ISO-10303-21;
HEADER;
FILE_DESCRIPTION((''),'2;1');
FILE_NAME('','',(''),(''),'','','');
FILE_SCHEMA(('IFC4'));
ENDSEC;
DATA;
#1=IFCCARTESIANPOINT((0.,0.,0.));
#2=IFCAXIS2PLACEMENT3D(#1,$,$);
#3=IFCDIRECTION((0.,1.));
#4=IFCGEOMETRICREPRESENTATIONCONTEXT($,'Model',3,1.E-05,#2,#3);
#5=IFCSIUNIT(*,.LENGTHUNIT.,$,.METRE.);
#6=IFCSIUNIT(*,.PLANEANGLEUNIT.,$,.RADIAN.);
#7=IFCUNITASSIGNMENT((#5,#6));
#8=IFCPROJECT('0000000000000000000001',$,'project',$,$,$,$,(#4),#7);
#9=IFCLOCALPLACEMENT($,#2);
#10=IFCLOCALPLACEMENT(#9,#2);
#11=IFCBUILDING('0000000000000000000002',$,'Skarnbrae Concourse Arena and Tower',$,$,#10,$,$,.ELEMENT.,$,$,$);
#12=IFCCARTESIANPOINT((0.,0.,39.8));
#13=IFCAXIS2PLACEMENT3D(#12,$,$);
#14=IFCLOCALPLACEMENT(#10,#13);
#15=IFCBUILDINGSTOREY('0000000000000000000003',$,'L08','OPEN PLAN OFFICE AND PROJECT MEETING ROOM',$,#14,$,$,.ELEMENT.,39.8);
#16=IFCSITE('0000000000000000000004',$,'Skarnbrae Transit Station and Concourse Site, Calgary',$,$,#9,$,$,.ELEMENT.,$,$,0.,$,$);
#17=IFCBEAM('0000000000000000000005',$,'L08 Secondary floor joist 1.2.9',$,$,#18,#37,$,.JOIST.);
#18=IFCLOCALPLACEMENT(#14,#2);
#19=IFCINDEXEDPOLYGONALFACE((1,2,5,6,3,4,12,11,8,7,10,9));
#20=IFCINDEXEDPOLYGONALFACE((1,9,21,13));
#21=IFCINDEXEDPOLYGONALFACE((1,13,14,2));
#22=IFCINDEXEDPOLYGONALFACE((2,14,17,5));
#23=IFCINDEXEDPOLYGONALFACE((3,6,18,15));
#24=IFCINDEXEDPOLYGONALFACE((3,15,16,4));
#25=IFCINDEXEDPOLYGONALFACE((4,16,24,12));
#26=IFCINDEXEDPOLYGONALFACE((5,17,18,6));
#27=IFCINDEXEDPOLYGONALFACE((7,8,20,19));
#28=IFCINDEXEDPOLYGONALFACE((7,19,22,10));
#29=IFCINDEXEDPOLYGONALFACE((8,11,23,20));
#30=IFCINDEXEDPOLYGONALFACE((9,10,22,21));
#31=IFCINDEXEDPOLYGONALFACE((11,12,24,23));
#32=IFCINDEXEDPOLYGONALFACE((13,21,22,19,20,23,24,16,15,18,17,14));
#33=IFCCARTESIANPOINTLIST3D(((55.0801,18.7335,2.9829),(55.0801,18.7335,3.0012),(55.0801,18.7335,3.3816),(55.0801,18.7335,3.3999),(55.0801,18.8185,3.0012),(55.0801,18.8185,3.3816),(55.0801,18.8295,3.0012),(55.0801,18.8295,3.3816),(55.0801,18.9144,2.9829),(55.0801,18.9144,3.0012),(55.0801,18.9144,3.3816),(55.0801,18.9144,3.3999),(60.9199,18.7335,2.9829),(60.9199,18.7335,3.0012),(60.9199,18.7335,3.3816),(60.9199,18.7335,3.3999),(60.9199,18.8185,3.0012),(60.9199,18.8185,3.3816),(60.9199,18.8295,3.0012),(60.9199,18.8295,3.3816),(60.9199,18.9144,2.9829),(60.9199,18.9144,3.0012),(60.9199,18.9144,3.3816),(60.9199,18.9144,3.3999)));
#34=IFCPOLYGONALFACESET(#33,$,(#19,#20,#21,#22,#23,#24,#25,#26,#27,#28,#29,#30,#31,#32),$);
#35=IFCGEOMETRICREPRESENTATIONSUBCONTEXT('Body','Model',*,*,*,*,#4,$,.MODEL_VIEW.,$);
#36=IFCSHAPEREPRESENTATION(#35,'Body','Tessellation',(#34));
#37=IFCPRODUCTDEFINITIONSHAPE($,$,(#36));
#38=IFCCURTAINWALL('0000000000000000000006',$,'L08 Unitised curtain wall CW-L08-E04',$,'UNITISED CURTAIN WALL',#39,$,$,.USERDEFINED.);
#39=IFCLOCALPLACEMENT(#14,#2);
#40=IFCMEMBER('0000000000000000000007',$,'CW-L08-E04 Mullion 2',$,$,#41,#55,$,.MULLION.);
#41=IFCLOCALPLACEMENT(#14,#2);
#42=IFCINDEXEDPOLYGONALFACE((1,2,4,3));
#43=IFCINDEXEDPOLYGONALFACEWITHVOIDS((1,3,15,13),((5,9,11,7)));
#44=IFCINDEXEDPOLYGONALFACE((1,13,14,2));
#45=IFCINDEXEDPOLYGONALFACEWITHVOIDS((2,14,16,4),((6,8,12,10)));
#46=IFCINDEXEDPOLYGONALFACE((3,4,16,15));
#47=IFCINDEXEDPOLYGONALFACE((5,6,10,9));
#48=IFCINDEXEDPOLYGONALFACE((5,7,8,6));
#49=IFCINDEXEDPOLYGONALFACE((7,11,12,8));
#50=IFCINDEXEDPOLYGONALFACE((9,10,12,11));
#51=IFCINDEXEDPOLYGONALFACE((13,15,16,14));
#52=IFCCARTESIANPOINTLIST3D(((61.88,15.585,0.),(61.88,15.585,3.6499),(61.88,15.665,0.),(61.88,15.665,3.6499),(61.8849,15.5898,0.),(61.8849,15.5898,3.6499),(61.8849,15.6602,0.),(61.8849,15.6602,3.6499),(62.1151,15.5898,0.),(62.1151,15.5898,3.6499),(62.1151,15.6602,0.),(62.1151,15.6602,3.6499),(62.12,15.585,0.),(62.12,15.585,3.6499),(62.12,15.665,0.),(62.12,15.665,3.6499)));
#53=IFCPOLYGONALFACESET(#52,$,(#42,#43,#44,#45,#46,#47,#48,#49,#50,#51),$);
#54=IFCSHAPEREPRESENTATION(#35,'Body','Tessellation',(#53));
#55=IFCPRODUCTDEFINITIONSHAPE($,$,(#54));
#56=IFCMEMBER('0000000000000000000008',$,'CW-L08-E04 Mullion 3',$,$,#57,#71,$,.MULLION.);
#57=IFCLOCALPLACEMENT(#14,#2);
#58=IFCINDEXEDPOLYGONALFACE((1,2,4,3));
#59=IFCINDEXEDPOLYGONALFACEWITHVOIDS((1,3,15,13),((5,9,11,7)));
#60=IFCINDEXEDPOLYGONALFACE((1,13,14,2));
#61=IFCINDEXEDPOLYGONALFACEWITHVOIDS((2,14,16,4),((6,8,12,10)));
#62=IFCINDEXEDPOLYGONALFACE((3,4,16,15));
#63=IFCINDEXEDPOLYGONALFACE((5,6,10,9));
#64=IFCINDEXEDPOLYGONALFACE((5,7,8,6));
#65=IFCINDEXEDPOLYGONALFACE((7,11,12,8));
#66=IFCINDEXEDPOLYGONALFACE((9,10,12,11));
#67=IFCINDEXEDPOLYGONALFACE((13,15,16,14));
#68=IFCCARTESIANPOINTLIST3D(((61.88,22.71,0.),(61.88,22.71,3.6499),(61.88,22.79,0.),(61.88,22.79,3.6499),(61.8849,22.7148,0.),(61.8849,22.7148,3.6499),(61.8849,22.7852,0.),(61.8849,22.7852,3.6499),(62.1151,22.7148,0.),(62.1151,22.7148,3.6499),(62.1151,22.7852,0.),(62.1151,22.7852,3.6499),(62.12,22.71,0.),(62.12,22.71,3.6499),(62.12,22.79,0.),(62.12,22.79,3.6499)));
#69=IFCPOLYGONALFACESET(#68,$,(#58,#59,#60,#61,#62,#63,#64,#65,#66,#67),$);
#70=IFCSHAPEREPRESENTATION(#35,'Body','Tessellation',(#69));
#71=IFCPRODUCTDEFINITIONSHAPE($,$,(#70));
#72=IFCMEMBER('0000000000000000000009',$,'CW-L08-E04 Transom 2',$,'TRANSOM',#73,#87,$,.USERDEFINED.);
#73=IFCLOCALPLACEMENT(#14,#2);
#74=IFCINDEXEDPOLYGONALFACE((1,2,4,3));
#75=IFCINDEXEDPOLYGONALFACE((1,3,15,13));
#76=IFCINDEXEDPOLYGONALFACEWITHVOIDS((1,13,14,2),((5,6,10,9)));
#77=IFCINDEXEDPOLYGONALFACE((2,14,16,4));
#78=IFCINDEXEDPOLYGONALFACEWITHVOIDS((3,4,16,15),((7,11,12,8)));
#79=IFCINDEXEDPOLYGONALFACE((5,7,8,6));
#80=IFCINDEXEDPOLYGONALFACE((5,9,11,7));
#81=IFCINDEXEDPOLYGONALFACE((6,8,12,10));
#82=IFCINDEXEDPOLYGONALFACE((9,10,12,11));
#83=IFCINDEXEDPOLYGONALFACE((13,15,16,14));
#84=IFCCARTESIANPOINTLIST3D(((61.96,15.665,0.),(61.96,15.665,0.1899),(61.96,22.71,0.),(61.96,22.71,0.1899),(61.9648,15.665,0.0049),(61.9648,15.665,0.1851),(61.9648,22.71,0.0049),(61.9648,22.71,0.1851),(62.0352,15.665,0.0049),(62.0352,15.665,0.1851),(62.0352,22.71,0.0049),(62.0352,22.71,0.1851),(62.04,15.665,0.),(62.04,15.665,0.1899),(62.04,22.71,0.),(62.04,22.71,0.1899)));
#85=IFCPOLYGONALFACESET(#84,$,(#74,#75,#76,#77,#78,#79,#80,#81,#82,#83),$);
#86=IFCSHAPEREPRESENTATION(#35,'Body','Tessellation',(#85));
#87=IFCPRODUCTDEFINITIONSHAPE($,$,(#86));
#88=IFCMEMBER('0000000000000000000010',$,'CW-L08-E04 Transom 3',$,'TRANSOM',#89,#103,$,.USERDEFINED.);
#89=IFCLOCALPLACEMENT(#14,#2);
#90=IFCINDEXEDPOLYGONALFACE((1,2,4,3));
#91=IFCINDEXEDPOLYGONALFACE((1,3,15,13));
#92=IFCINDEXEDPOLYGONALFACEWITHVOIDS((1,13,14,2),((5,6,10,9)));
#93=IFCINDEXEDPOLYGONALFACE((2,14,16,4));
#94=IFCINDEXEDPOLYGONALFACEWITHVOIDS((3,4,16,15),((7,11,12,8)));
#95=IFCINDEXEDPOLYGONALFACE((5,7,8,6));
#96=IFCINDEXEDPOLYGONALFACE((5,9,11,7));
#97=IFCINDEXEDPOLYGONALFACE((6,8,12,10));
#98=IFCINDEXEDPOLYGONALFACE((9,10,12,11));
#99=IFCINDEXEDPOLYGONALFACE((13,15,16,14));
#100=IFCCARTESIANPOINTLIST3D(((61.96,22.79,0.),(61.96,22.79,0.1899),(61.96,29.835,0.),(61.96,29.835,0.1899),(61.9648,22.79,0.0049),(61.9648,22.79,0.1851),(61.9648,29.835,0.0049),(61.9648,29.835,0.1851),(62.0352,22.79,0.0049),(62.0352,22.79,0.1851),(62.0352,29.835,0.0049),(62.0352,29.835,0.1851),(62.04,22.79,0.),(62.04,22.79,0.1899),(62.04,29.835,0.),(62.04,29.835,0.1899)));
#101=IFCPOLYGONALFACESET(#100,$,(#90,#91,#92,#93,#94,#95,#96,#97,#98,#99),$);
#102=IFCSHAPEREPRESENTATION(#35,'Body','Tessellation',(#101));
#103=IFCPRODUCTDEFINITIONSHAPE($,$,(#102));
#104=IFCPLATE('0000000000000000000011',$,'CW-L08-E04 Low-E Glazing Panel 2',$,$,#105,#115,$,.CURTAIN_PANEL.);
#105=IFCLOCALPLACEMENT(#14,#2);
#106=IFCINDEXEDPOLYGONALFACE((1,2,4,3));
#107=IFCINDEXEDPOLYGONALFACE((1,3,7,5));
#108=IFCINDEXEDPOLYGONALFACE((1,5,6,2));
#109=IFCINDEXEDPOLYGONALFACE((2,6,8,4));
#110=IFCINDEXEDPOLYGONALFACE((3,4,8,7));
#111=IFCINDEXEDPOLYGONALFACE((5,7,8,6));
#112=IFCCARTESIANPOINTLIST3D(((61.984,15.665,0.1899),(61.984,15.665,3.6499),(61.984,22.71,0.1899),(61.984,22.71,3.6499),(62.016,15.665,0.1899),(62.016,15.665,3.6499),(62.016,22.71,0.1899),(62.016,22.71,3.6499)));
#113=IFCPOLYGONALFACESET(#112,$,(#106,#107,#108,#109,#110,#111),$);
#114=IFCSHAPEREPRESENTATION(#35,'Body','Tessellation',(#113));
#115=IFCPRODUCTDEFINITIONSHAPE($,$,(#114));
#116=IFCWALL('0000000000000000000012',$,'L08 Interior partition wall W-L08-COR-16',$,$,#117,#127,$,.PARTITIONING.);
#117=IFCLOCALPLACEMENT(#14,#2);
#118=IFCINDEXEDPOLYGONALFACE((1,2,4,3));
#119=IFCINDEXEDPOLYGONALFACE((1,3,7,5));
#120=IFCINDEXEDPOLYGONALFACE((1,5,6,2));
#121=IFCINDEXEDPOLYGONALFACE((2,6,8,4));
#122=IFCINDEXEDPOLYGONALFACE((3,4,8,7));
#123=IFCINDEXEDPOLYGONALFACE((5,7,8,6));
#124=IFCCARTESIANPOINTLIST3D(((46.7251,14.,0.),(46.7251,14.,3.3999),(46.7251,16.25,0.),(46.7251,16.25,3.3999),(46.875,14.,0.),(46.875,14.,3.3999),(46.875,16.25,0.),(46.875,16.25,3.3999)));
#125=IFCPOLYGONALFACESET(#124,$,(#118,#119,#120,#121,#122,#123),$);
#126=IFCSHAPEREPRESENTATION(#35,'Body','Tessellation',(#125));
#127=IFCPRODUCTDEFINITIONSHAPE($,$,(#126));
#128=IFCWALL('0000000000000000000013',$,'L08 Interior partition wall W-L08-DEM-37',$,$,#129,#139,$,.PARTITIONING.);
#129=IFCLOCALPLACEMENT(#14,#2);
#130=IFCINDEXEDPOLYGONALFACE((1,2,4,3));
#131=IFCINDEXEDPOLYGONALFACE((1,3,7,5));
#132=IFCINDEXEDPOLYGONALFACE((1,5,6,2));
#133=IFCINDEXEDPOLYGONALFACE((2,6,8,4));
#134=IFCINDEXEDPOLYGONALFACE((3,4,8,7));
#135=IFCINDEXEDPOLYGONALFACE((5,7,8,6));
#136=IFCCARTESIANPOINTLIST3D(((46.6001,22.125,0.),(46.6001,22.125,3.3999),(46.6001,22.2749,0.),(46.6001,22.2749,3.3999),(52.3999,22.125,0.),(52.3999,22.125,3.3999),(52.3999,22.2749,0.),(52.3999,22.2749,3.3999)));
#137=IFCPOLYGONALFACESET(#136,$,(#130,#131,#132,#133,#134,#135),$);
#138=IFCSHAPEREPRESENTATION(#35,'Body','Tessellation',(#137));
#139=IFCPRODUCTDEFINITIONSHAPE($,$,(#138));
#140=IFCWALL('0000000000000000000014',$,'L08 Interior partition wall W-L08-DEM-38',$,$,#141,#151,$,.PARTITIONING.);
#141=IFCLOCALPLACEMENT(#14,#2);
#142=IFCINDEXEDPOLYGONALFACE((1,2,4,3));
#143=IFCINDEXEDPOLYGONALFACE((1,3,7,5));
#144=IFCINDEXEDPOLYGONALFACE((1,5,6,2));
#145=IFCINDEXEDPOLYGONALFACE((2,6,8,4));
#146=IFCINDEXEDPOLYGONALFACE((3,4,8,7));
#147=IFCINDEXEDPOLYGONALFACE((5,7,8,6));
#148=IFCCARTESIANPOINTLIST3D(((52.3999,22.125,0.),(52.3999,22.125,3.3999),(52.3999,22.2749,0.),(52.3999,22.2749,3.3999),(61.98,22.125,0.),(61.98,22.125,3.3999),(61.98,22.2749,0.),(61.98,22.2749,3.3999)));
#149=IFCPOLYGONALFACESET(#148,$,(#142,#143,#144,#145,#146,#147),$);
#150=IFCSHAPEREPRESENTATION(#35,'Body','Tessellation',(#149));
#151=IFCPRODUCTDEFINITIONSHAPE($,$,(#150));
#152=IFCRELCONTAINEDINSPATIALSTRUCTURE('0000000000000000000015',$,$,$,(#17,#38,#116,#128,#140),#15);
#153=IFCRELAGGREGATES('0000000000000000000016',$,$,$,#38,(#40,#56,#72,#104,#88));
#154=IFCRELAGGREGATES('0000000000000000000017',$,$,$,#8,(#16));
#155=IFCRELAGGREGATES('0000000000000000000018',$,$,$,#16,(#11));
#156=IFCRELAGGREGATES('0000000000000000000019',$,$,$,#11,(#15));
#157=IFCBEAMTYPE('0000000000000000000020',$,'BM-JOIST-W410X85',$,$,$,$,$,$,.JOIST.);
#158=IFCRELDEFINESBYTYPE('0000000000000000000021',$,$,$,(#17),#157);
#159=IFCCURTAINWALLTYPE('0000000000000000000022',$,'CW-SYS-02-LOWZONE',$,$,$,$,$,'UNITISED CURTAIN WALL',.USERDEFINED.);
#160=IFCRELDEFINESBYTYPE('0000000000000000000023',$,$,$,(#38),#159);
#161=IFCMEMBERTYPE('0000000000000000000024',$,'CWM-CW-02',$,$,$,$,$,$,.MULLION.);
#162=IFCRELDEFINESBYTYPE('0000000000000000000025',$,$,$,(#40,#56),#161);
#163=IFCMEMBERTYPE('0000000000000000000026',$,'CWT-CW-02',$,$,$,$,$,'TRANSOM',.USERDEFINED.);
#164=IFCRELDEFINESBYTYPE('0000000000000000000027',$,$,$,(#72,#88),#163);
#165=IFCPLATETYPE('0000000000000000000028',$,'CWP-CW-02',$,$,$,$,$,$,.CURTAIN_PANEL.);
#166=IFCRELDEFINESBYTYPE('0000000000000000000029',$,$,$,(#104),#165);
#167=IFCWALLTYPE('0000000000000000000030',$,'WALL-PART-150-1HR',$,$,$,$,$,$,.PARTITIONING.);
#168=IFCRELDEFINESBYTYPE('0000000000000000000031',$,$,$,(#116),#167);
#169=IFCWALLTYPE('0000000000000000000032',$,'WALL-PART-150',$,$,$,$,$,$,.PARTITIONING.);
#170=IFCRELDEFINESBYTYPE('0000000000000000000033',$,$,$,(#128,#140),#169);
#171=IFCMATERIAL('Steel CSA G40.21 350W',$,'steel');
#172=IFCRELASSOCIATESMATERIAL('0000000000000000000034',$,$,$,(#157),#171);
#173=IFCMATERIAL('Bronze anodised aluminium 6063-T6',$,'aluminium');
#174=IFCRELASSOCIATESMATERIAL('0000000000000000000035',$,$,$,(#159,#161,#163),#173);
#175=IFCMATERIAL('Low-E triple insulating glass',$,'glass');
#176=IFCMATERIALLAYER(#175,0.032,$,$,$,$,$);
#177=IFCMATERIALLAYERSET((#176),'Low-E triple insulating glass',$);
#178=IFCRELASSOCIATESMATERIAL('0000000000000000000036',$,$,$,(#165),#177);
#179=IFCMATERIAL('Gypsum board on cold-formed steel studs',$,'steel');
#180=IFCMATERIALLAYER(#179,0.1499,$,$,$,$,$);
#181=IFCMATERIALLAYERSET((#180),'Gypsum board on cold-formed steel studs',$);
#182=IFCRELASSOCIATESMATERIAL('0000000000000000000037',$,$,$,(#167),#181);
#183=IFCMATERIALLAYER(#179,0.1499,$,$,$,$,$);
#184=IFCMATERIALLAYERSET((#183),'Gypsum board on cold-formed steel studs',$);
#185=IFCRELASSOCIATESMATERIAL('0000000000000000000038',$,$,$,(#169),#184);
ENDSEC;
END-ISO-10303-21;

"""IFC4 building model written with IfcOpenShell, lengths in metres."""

from ifc_helpers import new_model, si_unit, direction, frame, frame_2d, origin, origin_2d, place, context, subcontext, project, spatial, rectangle, hollow_rectangle, i_section, extrude, source, transform, mapped, material, layer, layer_set, material_profile, profile_set, type_object, element, aggregate, save


model = new_model("IFC4")

# Units and contexts
model_context = context("Model", 3, precision=1e-05, world=origin(), true_north=direction((0.0, 1.0)))
body_context = subcontext(model_context, "Body", "Model", "MODEL_VIEW")
ifc_project = project(units=[si_unit("LENGTHUNIT", "METRE"), si_unit("PLANEANGLEUNIT", "RADIAN")], contexts=[model_context])

# Site, building, storey
site_placement = place(None, origin())
site = spatial("IfcSite", under=ifc_project, at=site_placement, Name="Skarnbrae Transit Station and Concourse Site, Calgary", CompositionType="ELEMENT", RefElevation=0.0)
building_placement = place(site_placement, origin())
building = spatial("IfcBuilding", under=site, at=building_placement, Name="Skarnbrae Concourse Arena and Tower", CompositionType="ELEMENT")
storey_placement = place(building_placement, frame((0.0, 0.0, 39.8)))
storey = spatial("IfcBuildingStorey", under=building, at=storey_placement, Name="L08", Description="OPEN PLAN OFFICE AND PROJECT MEETING ROOM", CompositionType="ELEMENT", Elevation=39.8)

# Shared definitions
ifc_material_1 = material(Name="Steel CSA G40.21 350W", Category="steel")

# Beam
ifc_material_profile_1 = material_profile(ifc_material_1, i_section(OverallWidth=0.1809, OverallDepth=0.417, WebThickness=0.011, FlangeThickness=0.0183, at=origin_2d()), Name="W410X85")
ifc_profile_set_1 = profile_set([ifc_material_profile_1], Name="Steel CSA G40.21 350W")
beam_type_1 = type_object("IfcBeamType", Name="BM-JOIST-W410X85", PredefinedType="JOIST", material=ifc_profile_set_1)
shared_shape_1 = source(origin(), body_context, "Body", "SweptSolid", [
    extrude(i_section(OverallWidth=0.1809, OverallDepth=0.417, WebThickness=0.011, FlangeThickness=0.0183, at=origin_2d()), origin(), (0.0, 0.0, 1.0), 5.8398),
])
for number, where, z_axis, x_axis, name in (
    (1, (55.0801, 18.824, 3.1914), (1.0, 0.0, 0.0), (0.0, 1.0, 0.0), "L08 Secondary floor joist 1.2.9"),
):
    element("IfcBeam", number, at=place(storey_placement, frame(where, z_axis=z_axis, x_axis=x_axis)), inside=storey, type_object=beam_type_1, Name=name, PredefinedType="JOIST", context=body_context, shape_type="MappedRepresentation", body=[
        mapped(shared_shape_1, transform((0.0, 0.0, 0.0))),
    ])

# Curtain wall, members, plate
ifc_material_2 = material(Name="Bronze anodised aluminium 6063-T6", Category="aluminium")
curtain_wall_type = type_object("IfcCurtainWallType", Name="CW-SYS-02-LOWZONE", ElementType="UNITISED CURTAIN WALL", PredefinedType="USERDEFINED", material=ifc_material_2)
curtain_wall_placement = place(storey_placement, origin())
curtain_wall = element("IfcCurtainWall", 2, at=curtain_wall_placement, inside=storey, type_object=curtain_wall_type, Name="L08 Unitised curtain wall CW-L08-E04", ObjectType="UNITISED CURTAIN WALL", PredefinedType="USERDEFINED")
ifc_material_profile_2 = material_profile(ifc_material_2, hollow_rectangle(XDim=0.0801, YDim=0.24, WallThickness=0.0049, at=origin_2d()), Name="ALU-MULL-80X240")
ifc_profile_set_2 = profile_set([ifc_material_profile_2], Name="Bronze anodised aluminium 6063-T6")
member_type_1 = type_object("IfcMemberType", Name="CWM-CW-02", PredefinedType="MULLION", material=ifc_profile_set_2)
shared_shape_2 = source(origin(), body_context, "Body", "SweptSolid", [
    extrude(hollow_rectangle(XDim=0.0801, YDim=0.24, WallThickness=0.0049, at=origin_2d()), origin(), (0.0, 0.0, 1.0), 3.6499),
])
member_1_placement = place(storey_placement, frame((62.0, 15.625, 0.0), z_axis=(0.0, 0.0, 1.0), x_axis=(0.0, 1.0, 0.0)))
member_1 = element("IfcMember", 3, at=member_1_placement, type_object=member_type_1, Name="CW-L08-E04 Mullion 2", PredefinedType="MULLION", context=body_context, shape_type="MappedRepresentation", body=[
    mapped(shared_shape_2, transform((0.0, 0.0, 0.0))),
])
member_2_placement = place(storey_placement, frame((62.0, 22.75, 0.0), z_axis=(0.0, 0.0, 1.0), x_axis=(0.0, 1.0, 0.0)))
member_2 = element("IfcMember", 4, at=member_2_placement, type_object=member_type_1, Name="CW-L08-E04 Mullion 3", PredefinedType="MULLION", context=body_context, shape_type="MappedRepresentation", body=[
    mapped(shared_shape_2, transform((0.0, 0.0, 0.0))),
])
ifc_material_profile_3 = material_profile(ifc_material_2, hollow_rectangle(XDim=0.0801, YDim=0.1899, WallThickness=0.0049, at=origin_2d()), Name="ALU-TRAN-80X190")
ifc_profile_set_3 = profile_set([ifc_material_profile_3], Name="Bronze anodised aluminium 6063-T6")
member_type_2 = type_object("IfcMemberType", Name="CWT-CW-02", ElementType="TRANSOM", PredefinedType="USERDEFINED", material=ifc_profile_set_3)
shared_shape_3 = source(origin(), body_context, "Body", "SweptSolid", [
    extrude(hollow_rectangle(XDim=0.0801, YDim=0.1899, WallThickness=0.0049, at=origin_2d()), origin(), (0.0, 0.0, 1.0), 7.0449),
])
member_3_placement = place(storey_placement, frame((62.0, 15.665, 0.095), z_axis=(0.0, 1.0, 0.0), x_axis=(-1.0, 0.0, 0.0)))
member_3 = element("IfcMember", 5, at=member_3_placement, type_object=member_type_2, Name="CW-L08-E04 Transom 2", ObjectType="TRANSOM", PredefinedType="USERDEFINED", context=body_context, shape_type="MappedRepresentation", body=[
    mapped(shared_shape_3, transform((0.0, 0.0, 0.0))),
])
member_4_placement = place(storey_placement, frame((62.0, 22.79, 0.095), z_axis=(0.0, 1.0, 0.0), x_axis=(-1.0, 0.0, 0.0)))
member_4 = element("IfcMember", 6, at=member_4_placement, type_object=member_type_2, Name="CW-L08-E04 Transom 3", ObjectType="TRANSOM", PredefinedType="USERDEFINED", context=body_context, shape_type="MappedRepresentation", body=[
    mapped(shared_shape_3, transform((0.0, 0.0, 0.0))),
])
ifc_material_3 = material(Name="Low-E triple insulating glass", Category="glass")
ifc_layer_1 = layer(ifc_material_3, 0.032)
ifc_layer_set_1 = layer_set([ifc_layer_1], Name="Low-E triple insulating glass")
plate_type = type_object("IfcPlateType", Name="CWP-CW-02", PredefinedType="CURTAIN_PANEL", material=ifc_layer_set_1)
shared_shape_4 = source(origin(), body_context, "Body", "SweptSolid", [
    extrude(rectangle(XDim=7.0449, YDim=0.032, at=origin_2d()), origin(), (0.0, 0.0, 1.0), 3.46),
])
plate_placement = place(storey_placement, frame((62.0, 19.1875, 0.1899), z_axis=(0.0, 0.0, 1.0), x_axis=(0.0, 1.0, 0.0)))
plate = element("IfcPlate", 7, at=plate_placement, type_object=plate_type, Name="CW-L08-E04 Low-E Glazing Panel 2", PredefinedType="CURTAIN_PANEL", context=body_context, shape_type="MappedRepresentation", body=[
    mapped(shared_shape_4, transform((0.0, 0.0, 0.0))),
])
aggregate(curtain_wall, [member_1, member_2, member_3, plate, member_4])

# Walls
ifc_material_4 = material(Name="Gypsum board on cold-formed steel studs", Category="steel")
ifc_layer_2 = layer(ifc_material_4, 0.1499)
ifc_layer_set_2 = layer_set([ifc_layer_2], Name="Gypsum board on cold-formed steel studs")
wall_type_1 = type_object("IfcWallType", Name="WALL-PART-150-1HR", PredefinedType="PARTITIONING", material=ifc_layer_set_2)
shared_shape_5 = source(origin(), body_context, "Body", "SweptSolid", [
    extrude(rectangle(XDim=2.25, YDim=0.1499, at=frame_2d((1.125, 0.0))), origin(), (0.0, 0.0, 1.0), 3.3999),
])
wall_1_placement = place(storey_placement, frame((46.8, 16.25, 0.0), z_axis=(0.0, 0.0, 1.0), x_axis=(0.0, -1.0, 0.0)))
element("IfcWall", 8, at=wall_1_placement, inside=storey, type_object=wall_type_1, Name="L08 Interior partition wall W-L08-COR-16", PredefinedType="PARTITIONING", context=body_context, shape_type="MappedRepresentation", body=[
    mapped(shared_shape_5, transform((0.0, 0.0, 0.0))),
])
ifc_layer_3 = layer(ifc_material_4, 0.1499)
ifc_layer_set_3 = layer_set([ifc_layer_3], Name="Gypsum board on cold-formed steel studs")
wall_type_2 = type_object("IfcWallType", Name="WALL-PART-150", PredefinedType="PARTITIONING", material=ifc_layer_set_3)
shared_shape_6 = source(origin(), body_context, "Body", "SweptSolid", [
    extrude(rectangle(XDim=5.7998, YDim=0.1499, at=frame_2d((2.8999, 0.0))), origin(), (0.0, 0.0, 1.0), 3.3999),
])
wall_2_placement = place(storey_placement, frame((46.6001, 22.2, 0.0), z_axis=(0.0, 0.0, 1.0), x_axis=(1.0, 0.0, 0.0)))
element("IfcWall", 9, at=wall_2_placement, inside=storey, type_object=wall_type_2, Name="L08 Interior partition wall W-L08-DEM-37", PredefinedType="PARTITIONING", context=body_context, shape_type="MappedRepresentation", body=[
    mapped(shared_shape_6, transform((0.0, 0.0, 0.0))),
])
shared_shape_7 = source(origin(), body_context, "Body", "SweptSolid", [
    extrude(rectangle(XDim=9.5801, YDim=0.1499, at=frame_2d((4.79, 0.0))), origin(), (0.0, 0.0, 1.0), 3.3999),
])
wall_3_placement = place(storey_placement, frame((52.3999, 22.2, 0.0), z_axis=(0.0, 0.0, 1.0), x_axis=(1.0, 0.0, 0.0)))
element("IfcWall", 10, at=wall_3_placement, inside=storey, type_object=wall_type_2, Name="L08 Interior partition wall W-L08-DEM-38", PredefinedType="PARTITIONING", context=body_context, shape_type="MappedRepresentation", body=[
    mapped(shared_shape_7, transform((0.0, 0.0, 0.0))),
])

save(model, "model.ifc")
